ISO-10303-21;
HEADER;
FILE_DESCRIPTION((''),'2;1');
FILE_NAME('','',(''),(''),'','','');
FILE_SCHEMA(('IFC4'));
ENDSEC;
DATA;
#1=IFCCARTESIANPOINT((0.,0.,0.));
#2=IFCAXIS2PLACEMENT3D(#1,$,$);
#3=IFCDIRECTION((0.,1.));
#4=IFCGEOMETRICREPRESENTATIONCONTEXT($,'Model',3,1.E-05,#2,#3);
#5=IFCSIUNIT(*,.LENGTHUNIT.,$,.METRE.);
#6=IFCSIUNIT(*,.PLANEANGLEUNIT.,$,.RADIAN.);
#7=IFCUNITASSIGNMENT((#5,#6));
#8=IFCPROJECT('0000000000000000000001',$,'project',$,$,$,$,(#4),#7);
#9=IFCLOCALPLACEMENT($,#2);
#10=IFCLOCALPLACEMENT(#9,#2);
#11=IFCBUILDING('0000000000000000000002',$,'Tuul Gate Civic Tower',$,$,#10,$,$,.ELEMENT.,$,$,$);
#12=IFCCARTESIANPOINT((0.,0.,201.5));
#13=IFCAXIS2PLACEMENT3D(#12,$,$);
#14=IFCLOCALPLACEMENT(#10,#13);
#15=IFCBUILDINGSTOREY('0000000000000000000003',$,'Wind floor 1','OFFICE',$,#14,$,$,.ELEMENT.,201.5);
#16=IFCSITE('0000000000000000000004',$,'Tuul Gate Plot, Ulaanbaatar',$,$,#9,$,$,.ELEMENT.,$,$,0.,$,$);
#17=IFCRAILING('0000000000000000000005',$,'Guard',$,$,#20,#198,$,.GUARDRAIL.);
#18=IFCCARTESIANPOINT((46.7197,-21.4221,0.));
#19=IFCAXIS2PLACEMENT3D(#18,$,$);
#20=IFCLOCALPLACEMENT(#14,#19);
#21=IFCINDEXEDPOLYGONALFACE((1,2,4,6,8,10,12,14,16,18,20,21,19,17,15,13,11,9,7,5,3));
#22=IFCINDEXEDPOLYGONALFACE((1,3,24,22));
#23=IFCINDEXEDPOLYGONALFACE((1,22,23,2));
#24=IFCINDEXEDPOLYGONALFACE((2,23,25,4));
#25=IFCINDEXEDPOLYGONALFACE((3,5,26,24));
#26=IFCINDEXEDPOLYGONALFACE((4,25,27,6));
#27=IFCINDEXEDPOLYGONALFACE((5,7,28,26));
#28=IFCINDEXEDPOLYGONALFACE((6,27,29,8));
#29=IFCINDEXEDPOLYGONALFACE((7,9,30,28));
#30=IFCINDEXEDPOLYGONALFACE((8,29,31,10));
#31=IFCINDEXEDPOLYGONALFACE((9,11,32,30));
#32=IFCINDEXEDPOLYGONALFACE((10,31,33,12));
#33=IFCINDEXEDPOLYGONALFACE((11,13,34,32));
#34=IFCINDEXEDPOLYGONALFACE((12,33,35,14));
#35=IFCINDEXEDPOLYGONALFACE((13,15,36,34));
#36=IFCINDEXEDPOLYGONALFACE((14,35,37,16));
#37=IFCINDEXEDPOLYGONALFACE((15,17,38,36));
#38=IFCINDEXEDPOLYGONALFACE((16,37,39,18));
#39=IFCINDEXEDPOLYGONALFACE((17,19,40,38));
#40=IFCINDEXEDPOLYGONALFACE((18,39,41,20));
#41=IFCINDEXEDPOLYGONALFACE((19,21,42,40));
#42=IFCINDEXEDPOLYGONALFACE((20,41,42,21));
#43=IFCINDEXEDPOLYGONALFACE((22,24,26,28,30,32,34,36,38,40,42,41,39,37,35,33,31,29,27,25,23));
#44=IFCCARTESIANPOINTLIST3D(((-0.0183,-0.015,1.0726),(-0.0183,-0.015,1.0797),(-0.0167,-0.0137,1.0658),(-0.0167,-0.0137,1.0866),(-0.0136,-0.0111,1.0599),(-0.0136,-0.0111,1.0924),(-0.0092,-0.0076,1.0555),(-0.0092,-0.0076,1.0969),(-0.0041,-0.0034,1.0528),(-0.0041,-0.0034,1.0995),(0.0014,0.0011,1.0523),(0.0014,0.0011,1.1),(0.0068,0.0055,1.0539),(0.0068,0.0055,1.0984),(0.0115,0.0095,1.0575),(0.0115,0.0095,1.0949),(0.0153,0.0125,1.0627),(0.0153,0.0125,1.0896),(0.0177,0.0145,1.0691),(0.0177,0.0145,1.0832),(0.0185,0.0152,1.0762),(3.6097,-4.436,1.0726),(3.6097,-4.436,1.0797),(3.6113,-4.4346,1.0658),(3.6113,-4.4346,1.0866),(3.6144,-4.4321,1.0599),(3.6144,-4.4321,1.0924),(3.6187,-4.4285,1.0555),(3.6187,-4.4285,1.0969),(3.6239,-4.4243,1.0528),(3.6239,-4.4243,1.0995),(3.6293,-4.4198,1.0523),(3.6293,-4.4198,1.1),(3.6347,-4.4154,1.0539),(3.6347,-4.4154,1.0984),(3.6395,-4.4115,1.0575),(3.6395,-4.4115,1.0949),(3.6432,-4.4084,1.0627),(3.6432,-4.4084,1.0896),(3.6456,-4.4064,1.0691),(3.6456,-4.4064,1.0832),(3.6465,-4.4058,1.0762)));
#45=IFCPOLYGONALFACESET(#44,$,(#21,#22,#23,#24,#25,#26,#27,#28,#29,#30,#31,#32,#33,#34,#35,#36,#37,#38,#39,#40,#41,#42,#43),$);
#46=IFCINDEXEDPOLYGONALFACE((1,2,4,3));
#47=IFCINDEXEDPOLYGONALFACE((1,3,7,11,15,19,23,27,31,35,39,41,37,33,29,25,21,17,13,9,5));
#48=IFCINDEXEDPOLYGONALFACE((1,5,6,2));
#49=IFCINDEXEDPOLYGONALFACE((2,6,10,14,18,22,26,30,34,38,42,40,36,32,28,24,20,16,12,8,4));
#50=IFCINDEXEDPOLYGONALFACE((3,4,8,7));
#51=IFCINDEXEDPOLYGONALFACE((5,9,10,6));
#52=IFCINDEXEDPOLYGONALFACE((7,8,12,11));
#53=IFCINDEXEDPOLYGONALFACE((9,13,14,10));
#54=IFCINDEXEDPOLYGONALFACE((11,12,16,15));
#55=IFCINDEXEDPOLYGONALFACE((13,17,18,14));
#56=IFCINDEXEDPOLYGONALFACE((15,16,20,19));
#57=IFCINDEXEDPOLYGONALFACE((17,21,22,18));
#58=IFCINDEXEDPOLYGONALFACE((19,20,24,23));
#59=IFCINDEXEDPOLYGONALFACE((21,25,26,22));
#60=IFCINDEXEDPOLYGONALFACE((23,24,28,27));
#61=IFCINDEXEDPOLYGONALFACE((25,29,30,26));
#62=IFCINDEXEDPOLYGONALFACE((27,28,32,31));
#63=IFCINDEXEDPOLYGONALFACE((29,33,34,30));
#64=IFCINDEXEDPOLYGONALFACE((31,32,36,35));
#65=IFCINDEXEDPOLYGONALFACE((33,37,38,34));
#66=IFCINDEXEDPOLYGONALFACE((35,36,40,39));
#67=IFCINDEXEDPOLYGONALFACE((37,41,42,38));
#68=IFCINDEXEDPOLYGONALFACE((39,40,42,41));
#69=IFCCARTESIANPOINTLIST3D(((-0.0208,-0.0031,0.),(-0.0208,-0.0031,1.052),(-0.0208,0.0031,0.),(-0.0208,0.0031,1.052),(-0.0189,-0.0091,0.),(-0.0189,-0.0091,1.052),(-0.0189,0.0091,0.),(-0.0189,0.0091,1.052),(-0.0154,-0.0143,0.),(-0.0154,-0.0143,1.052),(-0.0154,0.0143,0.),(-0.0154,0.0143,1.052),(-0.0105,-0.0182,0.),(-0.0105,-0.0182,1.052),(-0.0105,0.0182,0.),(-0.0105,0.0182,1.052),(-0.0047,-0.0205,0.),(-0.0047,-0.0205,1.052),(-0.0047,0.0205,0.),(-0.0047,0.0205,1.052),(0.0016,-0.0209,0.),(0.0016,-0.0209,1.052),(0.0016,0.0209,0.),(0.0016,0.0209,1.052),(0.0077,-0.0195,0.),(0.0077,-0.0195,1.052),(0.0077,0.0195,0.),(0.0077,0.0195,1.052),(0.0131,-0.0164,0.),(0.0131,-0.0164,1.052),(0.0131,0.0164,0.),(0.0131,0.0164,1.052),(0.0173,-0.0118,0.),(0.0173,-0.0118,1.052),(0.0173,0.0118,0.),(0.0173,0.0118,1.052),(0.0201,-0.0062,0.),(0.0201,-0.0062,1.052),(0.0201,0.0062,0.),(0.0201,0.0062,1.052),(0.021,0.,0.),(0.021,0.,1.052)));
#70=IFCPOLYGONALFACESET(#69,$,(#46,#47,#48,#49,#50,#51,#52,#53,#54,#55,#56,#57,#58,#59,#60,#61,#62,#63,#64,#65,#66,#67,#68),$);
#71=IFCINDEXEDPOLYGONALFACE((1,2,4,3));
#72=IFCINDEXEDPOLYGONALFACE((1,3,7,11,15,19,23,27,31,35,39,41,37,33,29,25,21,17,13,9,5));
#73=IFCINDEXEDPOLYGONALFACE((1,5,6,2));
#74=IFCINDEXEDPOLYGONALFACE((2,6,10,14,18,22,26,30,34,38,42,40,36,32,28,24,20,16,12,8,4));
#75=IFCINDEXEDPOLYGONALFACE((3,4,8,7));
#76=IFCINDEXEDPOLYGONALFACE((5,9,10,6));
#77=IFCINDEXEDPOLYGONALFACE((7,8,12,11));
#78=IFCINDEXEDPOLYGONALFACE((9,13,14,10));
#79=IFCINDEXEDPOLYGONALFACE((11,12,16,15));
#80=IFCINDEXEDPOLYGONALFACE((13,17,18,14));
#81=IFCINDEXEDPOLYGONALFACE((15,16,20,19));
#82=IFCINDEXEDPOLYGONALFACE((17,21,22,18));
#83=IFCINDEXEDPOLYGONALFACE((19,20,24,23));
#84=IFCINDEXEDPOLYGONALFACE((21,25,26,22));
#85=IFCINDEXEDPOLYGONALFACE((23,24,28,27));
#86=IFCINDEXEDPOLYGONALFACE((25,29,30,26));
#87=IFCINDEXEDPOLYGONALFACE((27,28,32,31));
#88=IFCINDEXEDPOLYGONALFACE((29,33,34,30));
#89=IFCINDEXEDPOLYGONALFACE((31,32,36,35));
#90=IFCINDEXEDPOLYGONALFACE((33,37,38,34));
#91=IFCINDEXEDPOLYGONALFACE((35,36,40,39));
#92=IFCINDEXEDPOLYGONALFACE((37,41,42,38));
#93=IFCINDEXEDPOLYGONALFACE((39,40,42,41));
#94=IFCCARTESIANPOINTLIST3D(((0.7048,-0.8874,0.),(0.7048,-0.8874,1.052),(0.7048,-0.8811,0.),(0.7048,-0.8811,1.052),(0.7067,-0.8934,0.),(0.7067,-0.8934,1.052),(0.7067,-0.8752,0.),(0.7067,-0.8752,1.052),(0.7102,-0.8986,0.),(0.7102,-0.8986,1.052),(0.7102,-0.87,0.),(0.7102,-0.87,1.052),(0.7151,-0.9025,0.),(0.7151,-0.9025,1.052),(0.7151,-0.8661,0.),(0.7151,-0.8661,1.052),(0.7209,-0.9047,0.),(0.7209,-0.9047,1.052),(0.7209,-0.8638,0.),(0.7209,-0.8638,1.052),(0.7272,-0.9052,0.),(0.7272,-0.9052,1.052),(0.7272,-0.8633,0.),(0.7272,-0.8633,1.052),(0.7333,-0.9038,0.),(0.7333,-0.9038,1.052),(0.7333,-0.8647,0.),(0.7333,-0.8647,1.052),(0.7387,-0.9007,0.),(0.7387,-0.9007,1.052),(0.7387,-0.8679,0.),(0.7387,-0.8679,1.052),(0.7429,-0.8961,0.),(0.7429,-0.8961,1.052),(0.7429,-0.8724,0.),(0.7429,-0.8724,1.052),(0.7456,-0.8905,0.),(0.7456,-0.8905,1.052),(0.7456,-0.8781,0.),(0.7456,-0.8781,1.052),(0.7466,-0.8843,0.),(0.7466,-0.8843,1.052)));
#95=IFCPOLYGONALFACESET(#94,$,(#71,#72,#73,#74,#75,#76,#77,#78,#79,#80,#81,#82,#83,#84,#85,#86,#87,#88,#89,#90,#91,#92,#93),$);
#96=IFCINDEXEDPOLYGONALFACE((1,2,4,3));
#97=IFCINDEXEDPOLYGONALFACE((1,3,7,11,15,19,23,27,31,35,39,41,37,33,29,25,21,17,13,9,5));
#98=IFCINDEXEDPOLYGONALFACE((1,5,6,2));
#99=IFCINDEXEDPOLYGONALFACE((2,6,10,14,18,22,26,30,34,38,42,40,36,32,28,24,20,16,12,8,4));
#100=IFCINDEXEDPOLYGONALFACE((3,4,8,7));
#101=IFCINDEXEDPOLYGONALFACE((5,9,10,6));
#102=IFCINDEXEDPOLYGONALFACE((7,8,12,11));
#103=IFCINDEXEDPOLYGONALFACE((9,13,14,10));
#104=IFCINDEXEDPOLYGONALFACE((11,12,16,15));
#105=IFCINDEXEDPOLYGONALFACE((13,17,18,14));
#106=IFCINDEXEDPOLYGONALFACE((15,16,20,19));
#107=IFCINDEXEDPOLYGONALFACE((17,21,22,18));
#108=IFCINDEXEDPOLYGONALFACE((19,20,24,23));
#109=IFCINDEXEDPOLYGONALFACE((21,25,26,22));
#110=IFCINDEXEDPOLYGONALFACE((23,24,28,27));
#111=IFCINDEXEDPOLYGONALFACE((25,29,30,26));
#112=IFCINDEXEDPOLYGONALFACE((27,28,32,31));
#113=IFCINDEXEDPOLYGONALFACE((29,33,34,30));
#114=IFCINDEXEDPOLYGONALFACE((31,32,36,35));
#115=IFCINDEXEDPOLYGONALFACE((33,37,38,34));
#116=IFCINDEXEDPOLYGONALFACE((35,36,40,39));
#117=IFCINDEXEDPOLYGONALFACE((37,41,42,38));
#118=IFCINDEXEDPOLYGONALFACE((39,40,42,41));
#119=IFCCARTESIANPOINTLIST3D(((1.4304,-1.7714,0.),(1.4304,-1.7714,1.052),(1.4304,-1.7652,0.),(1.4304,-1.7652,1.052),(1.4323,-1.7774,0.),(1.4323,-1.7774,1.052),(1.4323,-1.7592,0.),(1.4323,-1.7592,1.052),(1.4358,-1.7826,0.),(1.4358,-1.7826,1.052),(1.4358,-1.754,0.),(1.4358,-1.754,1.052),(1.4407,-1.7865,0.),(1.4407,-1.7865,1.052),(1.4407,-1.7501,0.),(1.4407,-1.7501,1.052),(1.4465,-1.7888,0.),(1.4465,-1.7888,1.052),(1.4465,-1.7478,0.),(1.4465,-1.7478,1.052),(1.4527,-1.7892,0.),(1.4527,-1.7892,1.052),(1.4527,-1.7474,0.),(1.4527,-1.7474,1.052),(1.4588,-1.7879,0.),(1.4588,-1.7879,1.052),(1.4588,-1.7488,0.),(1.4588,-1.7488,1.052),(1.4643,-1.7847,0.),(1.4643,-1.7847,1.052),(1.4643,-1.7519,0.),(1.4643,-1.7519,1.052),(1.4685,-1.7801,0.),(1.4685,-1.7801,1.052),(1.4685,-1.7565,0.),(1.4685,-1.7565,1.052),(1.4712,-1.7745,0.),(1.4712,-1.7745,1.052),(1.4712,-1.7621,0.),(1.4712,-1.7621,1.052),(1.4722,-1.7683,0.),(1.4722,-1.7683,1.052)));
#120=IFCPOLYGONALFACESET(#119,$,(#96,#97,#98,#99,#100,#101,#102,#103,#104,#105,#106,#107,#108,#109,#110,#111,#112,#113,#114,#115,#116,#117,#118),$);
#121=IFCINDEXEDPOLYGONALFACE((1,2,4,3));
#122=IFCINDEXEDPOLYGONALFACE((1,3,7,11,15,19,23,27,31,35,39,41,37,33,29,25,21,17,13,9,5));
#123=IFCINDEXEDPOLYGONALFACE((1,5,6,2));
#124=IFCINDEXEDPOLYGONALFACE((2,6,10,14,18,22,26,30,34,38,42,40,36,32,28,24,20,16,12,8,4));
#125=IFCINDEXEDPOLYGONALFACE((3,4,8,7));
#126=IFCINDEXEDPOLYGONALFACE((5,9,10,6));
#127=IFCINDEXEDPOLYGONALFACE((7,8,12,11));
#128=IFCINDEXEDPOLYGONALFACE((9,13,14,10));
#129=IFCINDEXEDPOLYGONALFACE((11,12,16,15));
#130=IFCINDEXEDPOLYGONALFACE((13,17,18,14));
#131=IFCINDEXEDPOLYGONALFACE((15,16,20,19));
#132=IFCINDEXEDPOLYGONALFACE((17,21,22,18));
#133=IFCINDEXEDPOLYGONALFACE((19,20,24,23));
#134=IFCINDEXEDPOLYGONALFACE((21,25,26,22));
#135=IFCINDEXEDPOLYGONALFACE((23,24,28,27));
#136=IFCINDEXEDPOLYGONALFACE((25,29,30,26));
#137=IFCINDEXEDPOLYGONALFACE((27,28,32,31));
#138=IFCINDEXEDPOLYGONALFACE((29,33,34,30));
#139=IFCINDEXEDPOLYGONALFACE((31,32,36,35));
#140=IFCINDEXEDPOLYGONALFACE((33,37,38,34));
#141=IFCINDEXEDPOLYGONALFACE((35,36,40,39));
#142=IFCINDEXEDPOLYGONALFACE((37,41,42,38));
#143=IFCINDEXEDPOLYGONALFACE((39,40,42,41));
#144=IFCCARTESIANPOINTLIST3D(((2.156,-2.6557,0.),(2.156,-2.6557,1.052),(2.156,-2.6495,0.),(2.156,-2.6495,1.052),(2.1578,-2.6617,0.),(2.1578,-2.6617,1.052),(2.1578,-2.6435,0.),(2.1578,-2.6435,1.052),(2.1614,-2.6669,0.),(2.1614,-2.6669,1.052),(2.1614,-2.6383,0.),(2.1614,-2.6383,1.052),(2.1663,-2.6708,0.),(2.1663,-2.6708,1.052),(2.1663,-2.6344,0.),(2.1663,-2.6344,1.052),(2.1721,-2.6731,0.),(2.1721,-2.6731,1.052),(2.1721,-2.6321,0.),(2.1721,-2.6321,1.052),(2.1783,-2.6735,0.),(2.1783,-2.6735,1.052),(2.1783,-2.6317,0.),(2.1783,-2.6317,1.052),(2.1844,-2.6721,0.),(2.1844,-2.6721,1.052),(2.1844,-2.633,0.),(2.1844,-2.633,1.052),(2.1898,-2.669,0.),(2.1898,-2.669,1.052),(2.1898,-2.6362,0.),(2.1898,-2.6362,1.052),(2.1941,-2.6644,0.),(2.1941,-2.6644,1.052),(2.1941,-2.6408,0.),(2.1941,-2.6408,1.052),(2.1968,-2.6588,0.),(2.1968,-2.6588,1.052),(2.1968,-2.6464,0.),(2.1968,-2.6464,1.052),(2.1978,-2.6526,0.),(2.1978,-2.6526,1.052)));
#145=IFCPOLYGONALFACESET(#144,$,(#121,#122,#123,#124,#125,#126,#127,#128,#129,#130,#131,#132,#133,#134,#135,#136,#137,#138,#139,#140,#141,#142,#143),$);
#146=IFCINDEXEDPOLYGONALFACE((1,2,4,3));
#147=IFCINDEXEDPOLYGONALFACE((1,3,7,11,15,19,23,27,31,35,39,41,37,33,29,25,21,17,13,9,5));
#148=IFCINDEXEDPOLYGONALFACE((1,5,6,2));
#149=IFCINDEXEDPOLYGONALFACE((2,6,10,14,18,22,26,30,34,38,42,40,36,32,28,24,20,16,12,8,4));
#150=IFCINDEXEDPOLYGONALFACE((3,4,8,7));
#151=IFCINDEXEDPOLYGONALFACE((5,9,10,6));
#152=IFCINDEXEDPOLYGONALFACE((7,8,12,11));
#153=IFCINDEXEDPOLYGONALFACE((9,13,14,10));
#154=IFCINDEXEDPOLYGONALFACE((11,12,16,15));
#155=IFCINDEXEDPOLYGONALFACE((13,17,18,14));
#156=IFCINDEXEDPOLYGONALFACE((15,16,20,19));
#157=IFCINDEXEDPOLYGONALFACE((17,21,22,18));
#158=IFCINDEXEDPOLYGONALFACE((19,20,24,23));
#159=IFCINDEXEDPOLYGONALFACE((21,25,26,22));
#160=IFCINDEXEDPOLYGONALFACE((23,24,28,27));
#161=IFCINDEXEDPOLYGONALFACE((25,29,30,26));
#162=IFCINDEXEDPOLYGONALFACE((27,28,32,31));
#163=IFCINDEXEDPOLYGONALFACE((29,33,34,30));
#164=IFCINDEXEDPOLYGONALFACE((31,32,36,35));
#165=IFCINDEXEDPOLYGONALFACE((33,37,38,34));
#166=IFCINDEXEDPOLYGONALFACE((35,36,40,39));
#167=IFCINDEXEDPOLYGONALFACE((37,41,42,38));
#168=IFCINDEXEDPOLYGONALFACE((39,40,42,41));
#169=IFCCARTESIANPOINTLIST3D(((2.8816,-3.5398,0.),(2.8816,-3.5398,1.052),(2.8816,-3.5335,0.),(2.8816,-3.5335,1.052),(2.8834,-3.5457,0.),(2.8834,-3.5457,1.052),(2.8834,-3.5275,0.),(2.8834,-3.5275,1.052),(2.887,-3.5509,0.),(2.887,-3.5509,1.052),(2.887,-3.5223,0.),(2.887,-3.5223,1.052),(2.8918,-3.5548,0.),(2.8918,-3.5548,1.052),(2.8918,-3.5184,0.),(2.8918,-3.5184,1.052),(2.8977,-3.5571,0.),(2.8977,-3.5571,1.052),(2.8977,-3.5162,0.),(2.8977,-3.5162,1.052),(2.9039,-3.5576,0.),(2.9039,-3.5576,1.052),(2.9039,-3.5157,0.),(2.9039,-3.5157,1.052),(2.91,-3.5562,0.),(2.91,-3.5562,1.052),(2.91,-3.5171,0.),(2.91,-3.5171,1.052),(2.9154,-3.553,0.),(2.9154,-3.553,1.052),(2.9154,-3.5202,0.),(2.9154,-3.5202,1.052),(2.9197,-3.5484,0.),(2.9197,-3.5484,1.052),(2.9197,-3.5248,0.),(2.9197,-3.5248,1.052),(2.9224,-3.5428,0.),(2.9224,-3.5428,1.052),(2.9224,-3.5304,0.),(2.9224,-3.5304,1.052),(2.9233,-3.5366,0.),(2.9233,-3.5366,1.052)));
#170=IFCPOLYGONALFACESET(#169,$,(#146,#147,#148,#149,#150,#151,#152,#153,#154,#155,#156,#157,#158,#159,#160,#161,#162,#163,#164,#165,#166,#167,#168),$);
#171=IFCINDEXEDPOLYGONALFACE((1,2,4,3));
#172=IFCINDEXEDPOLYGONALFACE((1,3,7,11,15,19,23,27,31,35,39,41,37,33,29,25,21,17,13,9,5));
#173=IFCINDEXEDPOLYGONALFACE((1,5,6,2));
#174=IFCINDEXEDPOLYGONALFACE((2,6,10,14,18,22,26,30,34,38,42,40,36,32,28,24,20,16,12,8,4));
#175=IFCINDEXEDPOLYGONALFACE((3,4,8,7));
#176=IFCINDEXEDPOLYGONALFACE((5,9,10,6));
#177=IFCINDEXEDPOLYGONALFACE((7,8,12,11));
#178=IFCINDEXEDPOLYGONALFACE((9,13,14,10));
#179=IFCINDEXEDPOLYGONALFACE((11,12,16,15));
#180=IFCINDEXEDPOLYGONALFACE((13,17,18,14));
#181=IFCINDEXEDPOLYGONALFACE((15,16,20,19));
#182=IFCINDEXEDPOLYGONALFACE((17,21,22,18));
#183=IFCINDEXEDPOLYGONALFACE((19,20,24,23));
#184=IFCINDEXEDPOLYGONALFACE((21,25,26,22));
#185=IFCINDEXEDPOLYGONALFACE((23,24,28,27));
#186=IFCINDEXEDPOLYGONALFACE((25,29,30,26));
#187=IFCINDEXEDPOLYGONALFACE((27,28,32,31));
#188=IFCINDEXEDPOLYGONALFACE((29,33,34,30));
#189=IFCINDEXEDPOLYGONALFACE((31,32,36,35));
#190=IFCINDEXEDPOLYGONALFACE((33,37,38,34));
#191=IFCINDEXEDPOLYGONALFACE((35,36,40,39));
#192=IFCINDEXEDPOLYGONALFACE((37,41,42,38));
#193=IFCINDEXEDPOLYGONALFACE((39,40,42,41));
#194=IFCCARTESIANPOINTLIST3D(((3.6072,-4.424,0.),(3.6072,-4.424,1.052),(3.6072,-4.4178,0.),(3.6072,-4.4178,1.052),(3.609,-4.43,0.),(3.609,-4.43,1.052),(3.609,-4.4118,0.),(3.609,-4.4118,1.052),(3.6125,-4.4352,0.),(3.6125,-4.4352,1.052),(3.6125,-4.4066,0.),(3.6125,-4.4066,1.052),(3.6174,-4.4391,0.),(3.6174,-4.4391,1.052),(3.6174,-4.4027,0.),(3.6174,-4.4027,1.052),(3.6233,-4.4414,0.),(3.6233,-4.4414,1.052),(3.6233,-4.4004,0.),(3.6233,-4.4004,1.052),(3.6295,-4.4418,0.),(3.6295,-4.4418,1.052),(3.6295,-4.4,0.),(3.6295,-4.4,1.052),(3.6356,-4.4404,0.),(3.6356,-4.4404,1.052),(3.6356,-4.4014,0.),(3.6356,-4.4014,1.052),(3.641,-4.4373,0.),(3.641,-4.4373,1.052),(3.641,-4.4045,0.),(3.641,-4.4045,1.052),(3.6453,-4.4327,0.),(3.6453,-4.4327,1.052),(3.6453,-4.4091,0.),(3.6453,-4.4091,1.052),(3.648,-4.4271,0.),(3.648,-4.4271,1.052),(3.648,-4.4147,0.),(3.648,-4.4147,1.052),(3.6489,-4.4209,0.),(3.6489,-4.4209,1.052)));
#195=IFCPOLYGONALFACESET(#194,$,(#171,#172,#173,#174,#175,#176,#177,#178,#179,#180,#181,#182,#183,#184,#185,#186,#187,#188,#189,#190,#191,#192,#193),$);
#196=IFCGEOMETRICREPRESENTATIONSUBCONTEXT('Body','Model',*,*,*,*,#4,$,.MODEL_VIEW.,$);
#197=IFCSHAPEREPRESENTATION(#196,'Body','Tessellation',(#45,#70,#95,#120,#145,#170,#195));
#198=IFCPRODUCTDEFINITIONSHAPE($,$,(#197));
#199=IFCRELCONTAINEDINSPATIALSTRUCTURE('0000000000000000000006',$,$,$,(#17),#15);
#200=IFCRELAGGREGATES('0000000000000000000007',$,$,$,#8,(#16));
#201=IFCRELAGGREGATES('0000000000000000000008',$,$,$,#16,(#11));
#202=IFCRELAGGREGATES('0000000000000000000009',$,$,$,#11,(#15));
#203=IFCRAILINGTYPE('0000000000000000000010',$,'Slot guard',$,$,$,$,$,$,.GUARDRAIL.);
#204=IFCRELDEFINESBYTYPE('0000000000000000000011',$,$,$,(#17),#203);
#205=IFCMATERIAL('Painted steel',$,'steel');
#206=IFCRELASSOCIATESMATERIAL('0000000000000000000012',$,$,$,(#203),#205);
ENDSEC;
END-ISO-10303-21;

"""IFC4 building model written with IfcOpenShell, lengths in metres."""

from ifc_helpers import new_model, si_unit, direction, frame, origin, origin_2d, place, context, subcontext, project, spatial, circle, extrude, material, type_object, element, save


model = new_model("IFC4")

# Units and contexts
model_context = context("Model", 3, precision=1e-05, world=origin(), true_north=direction((0.0, 1.0)))
body_context = subcontext(model_context, "Body", "Model", "MODEL_VIEW")
ifc_project = project(units=[si_unit("LENGTHUNIT", "METRE"), si_unit("PLANEANGLEUNIT", "RADIAN")], contexts=[model_context])

# Site, building, storey
site_placement = place(None, origin())
site = spatial("IfcSite", under=ifc_project, at=site_placement, Name="Tuul Gate Plot, Ulaanbaatar", CompositionType="ELEMENT", RefElevation=0.0)
building_placement = place(site_placement, origin())
building = spatial("IfcBuilding", under=site, at=building_placement, Name="Tuul Gate Civic Tower", CompositionType="ELEMENT")
storey_placement = place(building_placement, frame((0.0, 0.0, 201.5)))
storey = spatial("IfcBuildingStorey", under=building, at=storey_placement, Name="Wind floor 1", Description="OFFICE", CompositionType="ELEMENT", Elevation=201.5)

# Railing
ifc_material_1 = material(Name="Painted steel", Category="steel")
railing_type = type_object("IfcRailingType", Name="Slot guard", PredefinedType="GUARDRAIL", material=ifc_material_1)
railing_placement = place(storey_placement, frame((46.7197, -21.4221, 0.0)))
element("IfcRailing", 1, at=railing_placement, inside=storey, type_object=railing_type, Name="Guard", PredefinedType="GUARDRAIL", context=body_context, shape_type="SweptSolid", body=[
    extrude(circle(Radius=0.0239, at=origin_2d()), frame((0.0, 0.0, 1.0762), z_axis=(0.634372, -0.773028, 0.0), x_axis=(0.773028, 0.634372, 0.0)), (0.0, 0.0, 1.0), 5.719),
    extrude(circle(Radius=0.021, at=origin_2d()), origin(), (0.0, 0.0, 1.0), 1.052),
    extrude(circle(Radius=0.021, at=origin_2d()), frame((0.7256, -0.8843, 0.0)), (0.0, 0.0, 1.0), 1.052),
    extrude(circle(Radius=0.021, at=origin_2d()), frame((1.4512, -1.7683, 0.0)), (0.0, 0.0, 1.0), 1.052),
    extrude(circle(Radius=0.021, at=origin_2d()), frame((2.1768, -2.6526, 0.0)), (0.0, 0.0, 1.0), 1.052),
    extrude(circle(Radius=0.021, at=origin_2d()), frame((2.9023, -3.5366, 0.0)), (0.0, 0.0, 1.0), 1.052),
    extrude(circle(Radius=0.021, at=origin_2d()), frame((3.6279, -4.4209, 0.0)), (0.0, 0.0, 1.0), 1.052),
])

save(model, "model.ifc")
